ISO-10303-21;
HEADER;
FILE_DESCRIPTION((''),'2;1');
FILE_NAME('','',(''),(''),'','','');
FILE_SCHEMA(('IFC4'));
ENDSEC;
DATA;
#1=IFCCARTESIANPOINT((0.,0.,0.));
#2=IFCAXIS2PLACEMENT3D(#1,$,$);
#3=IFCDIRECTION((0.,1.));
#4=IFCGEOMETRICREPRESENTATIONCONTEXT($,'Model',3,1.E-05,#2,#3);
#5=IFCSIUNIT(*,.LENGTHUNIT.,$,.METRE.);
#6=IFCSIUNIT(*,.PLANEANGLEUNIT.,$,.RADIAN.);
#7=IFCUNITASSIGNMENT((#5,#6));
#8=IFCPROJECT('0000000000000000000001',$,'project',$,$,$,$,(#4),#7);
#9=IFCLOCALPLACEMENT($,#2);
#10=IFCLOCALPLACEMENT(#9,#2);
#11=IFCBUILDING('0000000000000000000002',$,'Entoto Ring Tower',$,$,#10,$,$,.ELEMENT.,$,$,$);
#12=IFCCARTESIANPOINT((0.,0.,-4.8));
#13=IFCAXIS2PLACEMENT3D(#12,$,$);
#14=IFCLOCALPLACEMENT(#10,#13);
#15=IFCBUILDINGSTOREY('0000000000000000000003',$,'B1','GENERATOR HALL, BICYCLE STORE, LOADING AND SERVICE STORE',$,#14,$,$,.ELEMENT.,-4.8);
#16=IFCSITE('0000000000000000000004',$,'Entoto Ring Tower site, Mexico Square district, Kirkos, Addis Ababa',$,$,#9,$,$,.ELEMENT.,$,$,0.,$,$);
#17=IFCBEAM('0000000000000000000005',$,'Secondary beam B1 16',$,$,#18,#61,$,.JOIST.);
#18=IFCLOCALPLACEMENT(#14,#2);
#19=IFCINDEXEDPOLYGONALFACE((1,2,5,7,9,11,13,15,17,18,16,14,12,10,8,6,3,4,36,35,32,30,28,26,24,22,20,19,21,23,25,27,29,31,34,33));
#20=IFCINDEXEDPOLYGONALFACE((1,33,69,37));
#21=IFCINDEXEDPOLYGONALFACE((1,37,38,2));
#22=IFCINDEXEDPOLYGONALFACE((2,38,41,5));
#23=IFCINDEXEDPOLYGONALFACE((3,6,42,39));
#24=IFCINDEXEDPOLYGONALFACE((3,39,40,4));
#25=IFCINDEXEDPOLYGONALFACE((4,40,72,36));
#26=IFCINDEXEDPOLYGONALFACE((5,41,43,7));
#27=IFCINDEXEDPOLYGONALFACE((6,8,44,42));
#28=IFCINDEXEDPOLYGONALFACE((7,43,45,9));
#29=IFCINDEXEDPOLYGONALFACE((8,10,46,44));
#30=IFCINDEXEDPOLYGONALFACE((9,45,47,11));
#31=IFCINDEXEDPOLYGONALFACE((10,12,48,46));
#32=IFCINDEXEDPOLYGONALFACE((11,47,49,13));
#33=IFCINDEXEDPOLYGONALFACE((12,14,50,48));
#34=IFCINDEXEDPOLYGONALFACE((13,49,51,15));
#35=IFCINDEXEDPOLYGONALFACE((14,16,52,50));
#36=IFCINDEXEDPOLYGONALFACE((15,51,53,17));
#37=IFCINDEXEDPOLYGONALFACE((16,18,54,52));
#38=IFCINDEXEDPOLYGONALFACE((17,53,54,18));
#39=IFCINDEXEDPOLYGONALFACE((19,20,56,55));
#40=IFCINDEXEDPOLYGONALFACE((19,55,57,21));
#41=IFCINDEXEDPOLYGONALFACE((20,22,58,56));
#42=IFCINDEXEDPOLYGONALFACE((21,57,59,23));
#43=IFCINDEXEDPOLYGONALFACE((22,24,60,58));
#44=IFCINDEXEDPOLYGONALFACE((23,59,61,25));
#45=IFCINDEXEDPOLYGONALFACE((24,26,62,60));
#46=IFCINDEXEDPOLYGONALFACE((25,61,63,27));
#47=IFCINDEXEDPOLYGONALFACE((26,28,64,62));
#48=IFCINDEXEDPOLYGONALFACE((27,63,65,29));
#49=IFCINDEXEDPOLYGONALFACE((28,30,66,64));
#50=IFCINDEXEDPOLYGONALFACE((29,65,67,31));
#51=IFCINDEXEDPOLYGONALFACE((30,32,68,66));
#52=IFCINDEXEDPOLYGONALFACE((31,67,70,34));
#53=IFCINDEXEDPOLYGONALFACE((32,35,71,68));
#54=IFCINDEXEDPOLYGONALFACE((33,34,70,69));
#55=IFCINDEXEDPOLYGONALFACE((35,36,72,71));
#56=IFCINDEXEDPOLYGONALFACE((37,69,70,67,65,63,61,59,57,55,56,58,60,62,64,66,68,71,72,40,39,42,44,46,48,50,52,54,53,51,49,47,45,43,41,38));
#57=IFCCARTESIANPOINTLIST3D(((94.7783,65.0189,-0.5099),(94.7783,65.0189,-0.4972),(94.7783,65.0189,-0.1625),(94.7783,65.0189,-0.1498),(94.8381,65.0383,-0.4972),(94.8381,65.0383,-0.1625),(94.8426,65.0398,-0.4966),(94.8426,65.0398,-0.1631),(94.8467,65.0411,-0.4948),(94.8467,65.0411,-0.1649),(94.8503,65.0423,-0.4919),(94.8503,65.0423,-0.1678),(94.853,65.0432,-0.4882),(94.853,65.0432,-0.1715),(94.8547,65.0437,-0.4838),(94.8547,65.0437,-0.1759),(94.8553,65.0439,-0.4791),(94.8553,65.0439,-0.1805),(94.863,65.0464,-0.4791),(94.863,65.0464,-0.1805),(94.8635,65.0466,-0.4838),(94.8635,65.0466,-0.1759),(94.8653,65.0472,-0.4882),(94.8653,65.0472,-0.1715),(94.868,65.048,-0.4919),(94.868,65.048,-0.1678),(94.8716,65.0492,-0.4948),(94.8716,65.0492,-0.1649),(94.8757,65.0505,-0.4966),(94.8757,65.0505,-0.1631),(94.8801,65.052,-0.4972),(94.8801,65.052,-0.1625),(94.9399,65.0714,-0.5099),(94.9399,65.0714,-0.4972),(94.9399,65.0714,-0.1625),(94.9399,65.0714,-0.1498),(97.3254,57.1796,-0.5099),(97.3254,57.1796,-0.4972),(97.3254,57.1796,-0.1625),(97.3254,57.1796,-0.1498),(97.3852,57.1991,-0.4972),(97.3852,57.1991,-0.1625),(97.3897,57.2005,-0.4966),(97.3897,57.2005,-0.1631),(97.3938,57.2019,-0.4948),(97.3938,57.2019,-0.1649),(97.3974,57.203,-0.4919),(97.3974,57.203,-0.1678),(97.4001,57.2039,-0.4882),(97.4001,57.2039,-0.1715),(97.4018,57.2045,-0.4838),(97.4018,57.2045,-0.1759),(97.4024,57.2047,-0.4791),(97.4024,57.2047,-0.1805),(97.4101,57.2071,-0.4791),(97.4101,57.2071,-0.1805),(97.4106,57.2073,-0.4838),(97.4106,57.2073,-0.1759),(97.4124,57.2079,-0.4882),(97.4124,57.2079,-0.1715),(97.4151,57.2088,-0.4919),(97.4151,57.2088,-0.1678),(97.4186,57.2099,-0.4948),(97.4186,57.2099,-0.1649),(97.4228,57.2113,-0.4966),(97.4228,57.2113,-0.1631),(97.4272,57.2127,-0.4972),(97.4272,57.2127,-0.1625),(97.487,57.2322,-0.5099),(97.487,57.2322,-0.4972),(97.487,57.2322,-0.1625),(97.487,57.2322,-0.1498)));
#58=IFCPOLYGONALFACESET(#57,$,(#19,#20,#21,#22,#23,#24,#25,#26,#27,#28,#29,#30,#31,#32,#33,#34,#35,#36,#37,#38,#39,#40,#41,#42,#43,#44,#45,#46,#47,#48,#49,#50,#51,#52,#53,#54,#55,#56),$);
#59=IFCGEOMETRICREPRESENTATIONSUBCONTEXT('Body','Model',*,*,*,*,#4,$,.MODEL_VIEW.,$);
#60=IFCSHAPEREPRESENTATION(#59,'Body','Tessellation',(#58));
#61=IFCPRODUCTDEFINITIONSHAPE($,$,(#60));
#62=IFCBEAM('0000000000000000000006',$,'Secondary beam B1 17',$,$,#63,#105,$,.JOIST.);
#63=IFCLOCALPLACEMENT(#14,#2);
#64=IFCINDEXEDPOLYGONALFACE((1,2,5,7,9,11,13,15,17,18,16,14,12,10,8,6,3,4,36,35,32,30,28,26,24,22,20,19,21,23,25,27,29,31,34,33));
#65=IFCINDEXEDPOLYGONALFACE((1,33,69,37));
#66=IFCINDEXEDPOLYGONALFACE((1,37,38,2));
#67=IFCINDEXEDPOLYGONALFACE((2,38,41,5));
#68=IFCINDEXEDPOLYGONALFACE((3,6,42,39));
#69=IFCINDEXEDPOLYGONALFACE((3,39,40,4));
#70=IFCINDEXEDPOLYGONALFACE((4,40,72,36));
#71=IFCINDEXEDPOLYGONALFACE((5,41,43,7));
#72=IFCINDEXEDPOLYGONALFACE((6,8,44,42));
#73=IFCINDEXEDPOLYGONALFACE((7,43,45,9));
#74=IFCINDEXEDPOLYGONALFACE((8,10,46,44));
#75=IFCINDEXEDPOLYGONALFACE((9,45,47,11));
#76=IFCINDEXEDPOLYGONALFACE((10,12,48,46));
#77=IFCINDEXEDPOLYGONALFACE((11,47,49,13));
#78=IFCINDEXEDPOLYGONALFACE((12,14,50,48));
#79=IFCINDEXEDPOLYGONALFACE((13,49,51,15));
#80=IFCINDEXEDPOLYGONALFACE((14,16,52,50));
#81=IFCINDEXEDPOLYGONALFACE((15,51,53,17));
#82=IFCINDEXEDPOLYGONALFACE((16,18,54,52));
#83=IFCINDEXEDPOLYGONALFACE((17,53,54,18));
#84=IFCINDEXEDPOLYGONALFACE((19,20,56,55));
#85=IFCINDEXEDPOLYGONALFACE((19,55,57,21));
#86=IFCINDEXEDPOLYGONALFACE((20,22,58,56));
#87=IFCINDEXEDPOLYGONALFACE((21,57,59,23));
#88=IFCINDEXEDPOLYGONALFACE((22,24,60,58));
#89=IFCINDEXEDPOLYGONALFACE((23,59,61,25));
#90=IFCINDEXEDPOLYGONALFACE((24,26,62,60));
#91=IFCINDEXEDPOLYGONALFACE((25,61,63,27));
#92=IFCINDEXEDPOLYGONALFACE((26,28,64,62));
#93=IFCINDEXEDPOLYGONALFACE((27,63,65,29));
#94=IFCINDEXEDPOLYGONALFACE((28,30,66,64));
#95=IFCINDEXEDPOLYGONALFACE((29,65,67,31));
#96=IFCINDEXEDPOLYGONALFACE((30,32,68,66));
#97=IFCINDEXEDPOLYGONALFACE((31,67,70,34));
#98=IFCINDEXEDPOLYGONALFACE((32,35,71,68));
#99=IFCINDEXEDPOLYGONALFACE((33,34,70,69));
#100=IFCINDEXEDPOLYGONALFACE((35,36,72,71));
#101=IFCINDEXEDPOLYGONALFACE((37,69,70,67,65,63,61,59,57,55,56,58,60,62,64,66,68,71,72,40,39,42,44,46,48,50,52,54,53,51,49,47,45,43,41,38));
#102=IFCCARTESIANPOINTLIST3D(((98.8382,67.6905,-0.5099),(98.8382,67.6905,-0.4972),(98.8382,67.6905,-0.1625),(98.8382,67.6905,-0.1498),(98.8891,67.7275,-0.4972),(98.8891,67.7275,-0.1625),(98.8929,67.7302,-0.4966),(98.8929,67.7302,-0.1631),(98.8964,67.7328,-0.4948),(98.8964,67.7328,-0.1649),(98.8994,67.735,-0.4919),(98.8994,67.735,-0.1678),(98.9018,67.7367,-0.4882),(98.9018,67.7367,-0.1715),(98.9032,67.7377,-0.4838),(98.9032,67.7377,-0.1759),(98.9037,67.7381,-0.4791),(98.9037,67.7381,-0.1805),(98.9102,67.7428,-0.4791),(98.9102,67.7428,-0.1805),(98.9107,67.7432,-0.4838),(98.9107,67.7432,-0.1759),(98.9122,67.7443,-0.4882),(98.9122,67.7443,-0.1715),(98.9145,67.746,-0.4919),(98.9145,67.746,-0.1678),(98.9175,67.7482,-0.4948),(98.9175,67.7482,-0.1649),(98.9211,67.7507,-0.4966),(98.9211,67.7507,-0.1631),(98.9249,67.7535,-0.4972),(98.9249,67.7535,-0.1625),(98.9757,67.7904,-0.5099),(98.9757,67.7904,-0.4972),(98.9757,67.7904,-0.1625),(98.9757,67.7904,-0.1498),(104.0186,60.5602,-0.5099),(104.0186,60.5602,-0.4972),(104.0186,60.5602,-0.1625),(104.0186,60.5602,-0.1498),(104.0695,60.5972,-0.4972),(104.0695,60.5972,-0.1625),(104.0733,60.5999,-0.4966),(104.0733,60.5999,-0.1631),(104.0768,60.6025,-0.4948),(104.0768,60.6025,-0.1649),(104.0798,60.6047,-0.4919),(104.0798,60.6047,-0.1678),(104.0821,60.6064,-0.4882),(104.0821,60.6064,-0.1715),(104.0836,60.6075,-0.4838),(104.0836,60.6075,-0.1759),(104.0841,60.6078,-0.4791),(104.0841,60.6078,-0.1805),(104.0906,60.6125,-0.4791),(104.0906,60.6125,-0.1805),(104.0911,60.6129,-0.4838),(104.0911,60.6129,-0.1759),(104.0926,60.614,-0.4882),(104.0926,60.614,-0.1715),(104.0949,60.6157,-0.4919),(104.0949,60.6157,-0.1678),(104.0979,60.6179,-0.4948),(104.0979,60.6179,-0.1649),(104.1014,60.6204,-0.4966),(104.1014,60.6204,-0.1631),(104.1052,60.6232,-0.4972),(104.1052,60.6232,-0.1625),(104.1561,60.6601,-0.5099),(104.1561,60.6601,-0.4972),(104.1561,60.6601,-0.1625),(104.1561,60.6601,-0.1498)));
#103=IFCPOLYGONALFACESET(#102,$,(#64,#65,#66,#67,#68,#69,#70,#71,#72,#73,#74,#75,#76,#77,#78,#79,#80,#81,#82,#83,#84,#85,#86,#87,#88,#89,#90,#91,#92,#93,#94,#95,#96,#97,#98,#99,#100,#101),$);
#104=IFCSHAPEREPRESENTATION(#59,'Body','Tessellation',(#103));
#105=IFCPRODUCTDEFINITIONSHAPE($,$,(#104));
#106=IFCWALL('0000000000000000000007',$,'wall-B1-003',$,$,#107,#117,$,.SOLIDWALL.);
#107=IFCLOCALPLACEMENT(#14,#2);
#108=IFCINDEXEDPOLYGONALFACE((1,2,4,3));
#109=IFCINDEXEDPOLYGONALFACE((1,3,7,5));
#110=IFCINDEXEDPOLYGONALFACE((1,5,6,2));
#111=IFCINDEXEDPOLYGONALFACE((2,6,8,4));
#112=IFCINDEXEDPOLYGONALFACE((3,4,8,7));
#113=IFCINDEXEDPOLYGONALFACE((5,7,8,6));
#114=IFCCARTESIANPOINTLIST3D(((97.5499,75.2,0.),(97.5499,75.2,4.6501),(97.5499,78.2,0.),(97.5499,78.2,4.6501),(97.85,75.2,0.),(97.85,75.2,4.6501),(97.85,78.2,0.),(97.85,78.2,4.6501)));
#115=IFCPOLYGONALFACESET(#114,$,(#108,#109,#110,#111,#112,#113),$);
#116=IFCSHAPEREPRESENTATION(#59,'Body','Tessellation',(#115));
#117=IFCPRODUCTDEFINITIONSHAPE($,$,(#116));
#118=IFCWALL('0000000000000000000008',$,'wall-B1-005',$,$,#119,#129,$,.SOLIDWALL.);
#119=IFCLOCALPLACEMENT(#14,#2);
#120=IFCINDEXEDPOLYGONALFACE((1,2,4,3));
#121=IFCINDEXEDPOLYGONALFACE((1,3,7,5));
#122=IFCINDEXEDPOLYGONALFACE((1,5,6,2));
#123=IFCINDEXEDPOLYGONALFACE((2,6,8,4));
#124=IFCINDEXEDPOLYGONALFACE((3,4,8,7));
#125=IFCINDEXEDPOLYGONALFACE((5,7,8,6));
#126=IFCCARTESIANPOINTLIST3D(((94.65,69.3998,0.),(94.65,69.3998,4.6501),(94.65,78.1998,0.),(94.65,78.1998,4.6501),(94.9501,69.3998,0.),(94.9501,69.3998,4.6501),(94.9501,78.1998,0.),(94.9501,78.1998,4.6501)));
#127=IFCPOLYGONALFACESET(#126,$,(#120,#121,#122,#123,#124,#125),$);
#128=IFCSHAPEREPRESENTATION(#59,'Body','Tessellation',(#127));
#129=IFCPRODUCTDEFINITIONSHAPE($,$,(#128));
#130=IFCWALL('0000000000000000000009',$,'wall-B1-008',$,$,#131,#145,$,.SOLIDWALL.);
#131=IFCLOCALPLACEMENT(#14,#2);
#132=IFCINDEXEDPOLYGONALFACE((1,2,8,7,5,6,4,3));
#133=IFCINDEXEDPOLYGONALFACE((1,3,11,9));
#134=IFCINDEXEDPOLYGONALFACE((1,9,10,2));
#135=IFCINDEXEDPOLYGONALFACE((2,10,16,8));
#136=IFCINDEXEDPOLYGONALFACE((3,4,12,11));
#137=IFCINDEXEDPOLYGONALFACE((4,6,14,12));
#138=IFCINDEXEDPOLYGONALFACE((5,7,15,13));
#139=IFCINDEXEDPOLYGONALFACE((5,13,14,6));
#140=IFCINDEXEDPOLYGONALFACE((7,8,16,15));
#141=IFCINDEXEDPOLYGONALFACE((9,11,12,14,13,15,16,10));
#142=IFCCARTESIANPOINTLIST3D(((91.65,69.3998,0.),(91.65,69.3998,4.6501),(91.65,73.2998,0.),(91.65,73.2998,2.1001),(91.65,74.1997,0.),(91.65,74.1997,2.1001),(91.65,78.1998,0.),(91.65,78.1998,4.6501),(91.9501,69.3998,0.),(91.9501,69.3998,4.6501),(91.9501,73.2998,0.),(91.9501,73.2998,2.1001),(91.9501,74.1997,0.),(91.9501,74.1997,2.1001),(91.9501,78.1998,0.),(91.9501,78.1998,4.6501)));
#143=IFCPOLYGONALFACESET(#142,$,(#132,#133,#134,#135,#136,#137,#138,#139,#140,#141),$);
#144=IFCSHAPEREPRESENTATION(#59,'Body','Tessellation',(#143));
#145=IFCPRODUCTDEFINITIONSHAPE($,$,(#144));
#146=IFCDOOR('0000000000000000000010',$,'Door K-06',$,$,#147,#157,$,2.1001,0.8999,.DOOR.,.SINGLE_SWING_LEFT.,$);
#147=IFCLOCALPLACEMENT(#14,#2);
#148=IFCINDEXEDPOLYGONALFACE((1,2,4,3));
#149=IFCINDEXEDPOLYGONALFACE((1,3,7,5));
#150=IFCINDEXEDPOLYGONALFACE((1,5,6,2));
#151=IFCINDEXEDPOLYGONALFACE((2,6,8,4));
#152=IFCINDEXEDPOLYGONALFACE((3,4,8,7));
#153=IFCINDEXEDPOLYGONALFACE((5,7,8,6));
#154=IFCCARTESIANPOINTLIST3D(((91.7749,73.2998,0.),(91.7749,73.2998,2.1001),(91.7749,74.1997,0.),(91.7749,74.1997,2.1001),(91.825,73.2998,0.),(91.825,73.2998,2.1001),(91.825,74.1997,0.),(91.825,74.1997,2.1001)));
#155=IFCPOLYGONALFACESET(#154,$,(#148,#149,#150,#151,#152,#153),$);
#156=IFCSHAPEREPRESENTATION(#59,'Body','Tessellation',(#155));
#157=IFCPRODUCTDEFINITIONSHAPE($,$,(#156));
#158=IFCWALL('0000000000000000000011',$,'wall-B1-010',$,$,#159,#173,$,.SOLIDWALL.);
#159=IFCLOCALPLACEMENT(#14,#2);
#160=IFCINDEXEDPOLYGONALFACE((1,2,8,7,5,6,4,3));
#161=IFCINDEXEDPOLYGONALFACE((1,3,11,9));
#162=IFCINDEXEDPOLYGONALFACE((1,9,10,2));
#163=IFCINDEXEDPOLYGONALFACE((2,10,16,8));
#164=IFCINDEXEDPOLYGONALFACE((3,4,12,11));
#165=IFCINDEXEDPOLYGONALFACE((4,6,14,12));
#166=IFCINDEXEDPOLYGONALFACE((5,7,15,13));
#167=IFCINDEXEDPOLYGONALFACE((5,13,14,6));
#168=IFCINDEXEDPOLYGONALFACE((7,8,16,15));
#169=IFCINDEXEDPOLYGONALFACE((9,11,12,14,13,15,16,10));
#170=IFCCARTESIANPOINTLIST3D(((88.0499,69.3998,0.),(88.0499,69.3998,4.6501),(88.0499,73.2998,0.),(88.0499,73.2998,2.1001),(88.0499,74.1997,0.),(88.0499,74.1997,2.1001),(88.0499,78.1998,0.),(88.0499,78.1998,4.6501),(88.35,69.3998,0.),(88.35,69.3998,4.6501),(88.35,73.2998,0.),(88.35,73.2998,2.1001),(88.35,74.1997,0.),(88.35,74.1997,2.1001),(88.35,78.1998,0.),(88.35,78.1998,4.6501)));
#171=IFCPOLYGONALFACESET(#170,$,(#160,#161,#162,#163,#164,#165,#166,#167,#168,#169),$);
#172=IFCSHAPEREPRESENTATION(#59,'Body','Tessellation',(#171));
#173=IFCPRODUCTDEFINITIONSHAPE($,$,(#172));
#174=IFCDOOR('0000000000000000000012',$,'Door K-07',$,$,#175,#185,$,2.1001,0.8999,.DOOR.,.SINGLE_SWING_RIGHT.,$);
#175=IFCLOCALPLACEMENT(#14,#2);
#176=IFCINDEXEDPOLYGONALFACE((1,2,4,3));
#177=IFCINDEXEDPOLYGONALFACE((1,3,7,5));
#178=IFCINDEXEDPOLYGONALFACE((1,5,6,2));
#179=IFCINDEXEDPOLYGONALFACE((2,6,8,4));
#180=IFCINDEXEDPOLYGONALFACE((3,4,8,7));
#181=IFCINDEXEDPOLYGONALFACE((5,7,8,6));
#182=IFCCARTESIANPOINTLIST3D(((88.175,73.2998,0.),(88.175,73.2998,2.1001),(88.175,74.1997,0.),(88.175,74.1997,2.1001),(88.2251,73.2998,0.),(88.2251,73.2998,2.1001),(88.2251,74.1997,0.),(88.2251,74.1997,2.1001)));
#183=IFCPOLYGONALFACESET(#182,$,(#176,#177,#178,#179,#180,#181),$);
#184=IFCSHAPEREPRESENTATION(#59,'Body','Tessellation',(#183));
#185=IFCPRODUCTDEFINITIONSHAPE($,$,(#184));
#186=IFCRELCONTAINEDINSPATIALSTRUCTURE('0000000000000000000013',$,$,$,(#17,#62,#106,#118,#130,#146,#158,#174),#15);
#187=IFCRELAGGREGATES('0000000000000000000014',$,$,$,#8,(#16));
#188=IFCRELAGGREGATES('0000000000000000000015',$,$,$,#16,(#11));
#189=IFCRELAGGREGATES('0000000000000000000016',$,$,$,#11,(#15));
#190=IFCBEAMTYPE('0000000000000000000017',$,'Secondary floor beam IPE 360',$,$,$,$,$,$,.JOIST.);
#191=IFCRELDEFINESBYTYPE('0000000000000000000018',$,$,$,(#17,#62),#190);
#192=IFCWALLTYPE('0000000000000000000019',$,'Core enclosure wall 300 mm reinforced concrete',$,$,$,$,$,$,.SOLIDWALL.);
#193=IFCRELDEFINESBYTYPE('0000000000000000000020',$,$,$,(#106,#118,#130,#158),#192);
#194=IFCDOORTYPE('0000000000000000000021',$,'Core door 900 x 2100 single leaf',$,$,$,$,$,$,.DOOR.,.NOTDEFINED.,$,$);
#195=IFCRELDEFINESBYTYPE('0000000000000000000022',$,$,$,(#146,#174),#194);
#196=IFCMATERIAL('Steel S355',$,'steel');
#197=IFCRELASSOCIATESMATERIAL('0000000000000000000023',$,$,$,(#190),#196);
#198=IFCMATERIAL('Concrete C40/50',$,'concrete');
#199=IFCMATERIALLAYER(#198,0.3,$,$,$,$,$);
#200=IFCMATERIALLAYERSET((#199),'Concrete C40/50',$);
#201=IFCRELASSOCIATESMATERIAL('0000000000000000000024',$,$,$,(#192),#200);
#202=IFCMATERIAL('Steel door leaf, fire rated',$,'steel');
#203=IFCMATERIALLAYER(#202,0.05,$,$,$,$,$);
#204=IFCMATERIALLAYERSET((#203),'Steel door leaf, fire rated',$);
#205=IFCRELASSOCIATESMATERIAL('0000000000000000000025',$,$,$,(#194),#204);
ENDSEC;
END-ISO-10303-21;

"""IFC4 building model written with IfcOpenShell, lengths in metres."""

from ifc_helpers import new_model, si_unit, direction, frame, frame_2d, origin, origin_2d, place, context, subcontext, project, spatial, rectangle, i_section, extrude, material, layer, layer_set, material_profile, profile_set, type_object, element, fill, save


model = new_model("IFC4")

# Units and contexts
model_context = context("Model", 3, precision=1e-05, world=origin(), true_north=direction((0.0, 1.0)))
body_context = subcontext(model_context, "Body", "Model", "MODEL_VIEW")
ifc_project = project(units=[si_unit("LENGTHUNIT", "METRE"), si_unit("PLANEANGLEUNIT", "RADIAN")], contexts=[model_context])

# Site, building, storey
site_placement = place(None, origin())
site = spatial("IfcSite", under=ifc_project, at=site_placement, Name="Entoto Ring Tower site, Mexico Square district, Kirkos, Addis Ababa", CompositionType="ELEMENT", RefElevation=0.0)
building_placement = place(site_placement, origin())
building = spatial("IfcBuilding", under=site, at=building_placement, Name="Entoto Ring Tower", CompositionType="ELEMENT")
storey_placement = place(building_placement, frame((0.0, 0.0, -4.8)))
storey = spatial("IfcBuildingStorey", under=building, at=storey_placement, Name="B1", Description="GENERATOR HALL, BICYCLE STORE, LOADING AND SERVICE STORE", CompositionType="ELEMENT", Elevation=-4.8)

# Beams
ifc_material_1 = material(Name="Steel S355", Category="steel")
ifc_material_profile_1 = material_profile(ifc_material_1, i_section(OverallWidth=0.1699, OverallDepth=0.3601, WebThickness=0.0081, FlangeThickness=0.0127, FilletRadius=0.0181, at=origin_2d()), Name="IPE 360")
ifc_profile_set_1 = profile_set([ifc_material_profile_1], Name="Steel S355")
beam_type_1 = type_object("IfcBeamType", Name="Secondary floor beam IPE 360", PredefinedType="JOIST", material=ifc_profile_set_1)
beam_1_placement = place(storey_placement, frame((94.8591, 65.0452, -0.3298), z_axis=(0.309012, -0.951058, 0.0), x_axis=(0.951058, 0.309012, 0.0)))
element("IfcBeam", 1, at=beam_1_placement, inside=storey, type_object=beam_type_1, Name="Secondary beam B1 16", PredefinedType="JOIST", context=body_context, shape_type="SweptSolid", body=[
    extrude(i_section(OverallWidth=0.1699, OverallDepth=0.3601, WebThickness=0.0081, FlangeThickness=0.0127, FilletRadius=0.0181, at=origin_2d()), origin(), (0.0, 0.0, 1.0), 8.2427),
])
beam_2_placement = place(storey_placement, frame((98.907, 67.7405, -0.3298), z_axis=(0.587778, -0.809022, 0.0), x_axis=(0.809022, 0.587778, 0.0)))
element("IfcBeam", 2, at=beam_2_placement, inside=storey, type_object=beam_type_1, Name="Secondary beam B1 17", PredefinedType="JOIST", context=body_context, shape_type="SweptSolid", body=[
    extrude(i_section(OverallWidth=0.1699, OverallDepth=0.3601, WebThickness=0.0081, FlangeThickness=0.0127, FilletRadius=0.0181, at=origin_2d()), origin(), (0.0, 0.0, 1.0), 8.8135),
])

# Walls
ifc_material_2 = material(Name="Concrete C40/50", Category="concrete")
ifc_layer_1 = layer(ifc_material_2, 0.3)
ifc_layer_set_1 = layer_set([ifc_layer_1], Name="Concrete C40/50")
wall_type_1 = type_object("IfcWallType", Name="Core enclosure wall 300 mm reinforced concrete", PredefinedType="SOLIDWALL", material=ifc_layer_set_1)
wall_1_placement = place(storey_placement, frame((97.7, 75.2, 0.0), z_axis=(0.0, 0.0, 1.0), x_axis=(0.0, 1.0, 0.0)))
element("IfcWall", 3, at=wall_1_placement, inside=storey, type_object=wall_type_1, Name="wall-B1-003", PredefinedType="SOLIDWALL", context=body_context, shape_type="SweptSolid", body=[
    extrude(rectangle(XDim=3.0, YDim=0.3, at=frame_2d((1.5, 0.0))), origin(), (0.0, 0.0, 1.0), 4.6501),
])
wall_2_placement = place(storey_placement, frame((94.8, 69.3999, 0.0), z_axis=(0.0, 0.0, 1.0), x_axis=(0.0, 1.0, 0.0)))
element("IfcWall", 4, at=wall_2_placement, inside=storey, type_object=wall_type_1, Name="wall-B1-005", PredefinedType="SOLIDWALL", context=body_context, shape_type="SweptSolid", body=[
    extrude(rectangle(XDim=8.8, YDim=0.3, at=frame_2d((4.3999, 0.0))), origin(), (0.0, 0.0, 1.0), 4.6501),
])

# Walls, openings, doors
wall_3_placement = place(storey_placement, frame((91.8, 69.3999, 0.0), z_axis=(0.0, 0.0, 1.0), x_axis=(0.0, 1.0, 0.0)))
wall_3 = element("IfcWall", 5, at=wall_3_placement, inside=storey, type_object=wall_type_1, Name="wall-B1-008", PredefinedType="SOLIDWALL", context=body_context, shape_type="SweptSolid", body=[
    extrude(rectangle(XDim=8.8, YDim=0.3, at=frame_2d((4.3999, 0.0))), origin(), (0.0, 0.0, 1.0), 4.6501),
])
opening_1_placement = place(wall_3_placement, frame((3.8999, 0.0, 0.0)))
opening_1 = element("IfcOpeningElement", 6, at=opening_1_placement, cuts=wall_3, PredefinedType="OPENING", context=body_context, shape_type="SweptSolid", body=[
    extrude(rectangle(XDim=0.8999, YDim=2.1001, at=frame_2d((0.45, 1.05))), frame((0.0, 0.1602, 0.0), z_axis=(0.0, -1.0, 0.0), x_axis=(1.0, 0.0, 0.0)), (0.0, 0.0, 1.0), 0.3201),
])
ifc_material_3 = material(Name="Steel door leaf, fire rated", Category="steel")
ifc_layer_2 = layer(ifc_material_3, 0.05)
ifc_layer_set_2 = layer_set([ifc_layer_2], Name="Steel door leaf, fire rated")
door_type_1 = type_object("IfcDoorType", Name="Core door 900 x 2100 single leaf", OperationType="NOTDEFINED", PredefinedType="DOOR", material=ifc_layer_set_2)
door_1_placement = place(opening_1_placement, frame((0.8999, 0.0, 0.0), z_axis=(0.0, 0.0, 1.0), x_axis=(-1.0, 0.0, 0.0)))
door_1 = element("IfcDoor", 7, at=door_1_placement, inside=storey, type_object=door_type_1, Name="Door K-06", OperationType="SINGLE_SWING_LEFT", OverallHeight=2.1001, OverallWidth=0.8999, PredefinedType="DOOR", context=body_context, shape_type="SweptSolid", body=[
    extrude(rectangle(XDim=0.8999, YDim=2.1001, at=frame_2d((0.45, 1.05))), frame((0.0, 0.0249, 0.0), z_axis=(0.0, -1.0, 0.0), x_axis=(1.0, 0.0, 0.0)), (0.0, 0.0, 1.0), 0.05),
])
fill(opening_1, door_1)
wall_4_placement = place(storey_placement, frame((88.2, 69.3999, 0.0), z_axis=(0.0, 0.0, 1.0), x_axis=(0.0, 1.0, 0.0)))
wall_4 = element("IfcWall", 8, at=wall_4_placement, inside=storey, type_object=wall_type_1, Name="wall-B1-010", PredefinedType="SOLIDWALL", context=body_context, shape_type="SweptSolid", body=[
    extrude(rectangle(XDim=8.8, YDim=0.3, at=frame_2d((4.3999, 0.0))), origin(), (0.0, 0.0, 1.0), 4.6501),
])
opening_2_placement = place(wall_4_placement, frame((3.8999, 0.0, 0.0)))
opening_2 = element("IfcOpeningElement", 9, at=opening_2_placement, cuts=wall_4, PredefinedType="OPENING", context=body_context, shape_type="SweptSolid", body=[
    extrude(rectangle(XDim=0.8999, YDim=2.1001, at=frame_2d((0.45, 1.05))), frame((0.0, 0.1602, 0.0), z_axis=(0.0, -1.0, 0.0), x_axis=(1.0, 0.0, 0.0)), (0.0, 0.0, 1.0), 0.3201),
])
door_2_placement = place(opening_2_placement, origin())
door_2 = element("IfcDoor", 10, at=door_2_placement, inside=storey, type_object=door_type_1, Name="Door K-07", OperationType="SINGLE_SWING_RIGHT", OverallHeight=2.1001, OverallWidth=0.8999, PredefinedType="DOOR", context=body_context, shape_type="SweptSolid", body=[
    extrude(rectangle(XDim=0.8999, YDim=2.1001, at=frame_2d((0.45, 1.05))), frame((0.0, 0.0249, 0.0), z_axis=(0.0, -1.0, 0.0), x_axis=(1.0, 0.0, 0.0)), (0.0, 0.0, 1.0), 0.05),
])
fill(opening_2, door_2)

save(model, "model.ifc")
